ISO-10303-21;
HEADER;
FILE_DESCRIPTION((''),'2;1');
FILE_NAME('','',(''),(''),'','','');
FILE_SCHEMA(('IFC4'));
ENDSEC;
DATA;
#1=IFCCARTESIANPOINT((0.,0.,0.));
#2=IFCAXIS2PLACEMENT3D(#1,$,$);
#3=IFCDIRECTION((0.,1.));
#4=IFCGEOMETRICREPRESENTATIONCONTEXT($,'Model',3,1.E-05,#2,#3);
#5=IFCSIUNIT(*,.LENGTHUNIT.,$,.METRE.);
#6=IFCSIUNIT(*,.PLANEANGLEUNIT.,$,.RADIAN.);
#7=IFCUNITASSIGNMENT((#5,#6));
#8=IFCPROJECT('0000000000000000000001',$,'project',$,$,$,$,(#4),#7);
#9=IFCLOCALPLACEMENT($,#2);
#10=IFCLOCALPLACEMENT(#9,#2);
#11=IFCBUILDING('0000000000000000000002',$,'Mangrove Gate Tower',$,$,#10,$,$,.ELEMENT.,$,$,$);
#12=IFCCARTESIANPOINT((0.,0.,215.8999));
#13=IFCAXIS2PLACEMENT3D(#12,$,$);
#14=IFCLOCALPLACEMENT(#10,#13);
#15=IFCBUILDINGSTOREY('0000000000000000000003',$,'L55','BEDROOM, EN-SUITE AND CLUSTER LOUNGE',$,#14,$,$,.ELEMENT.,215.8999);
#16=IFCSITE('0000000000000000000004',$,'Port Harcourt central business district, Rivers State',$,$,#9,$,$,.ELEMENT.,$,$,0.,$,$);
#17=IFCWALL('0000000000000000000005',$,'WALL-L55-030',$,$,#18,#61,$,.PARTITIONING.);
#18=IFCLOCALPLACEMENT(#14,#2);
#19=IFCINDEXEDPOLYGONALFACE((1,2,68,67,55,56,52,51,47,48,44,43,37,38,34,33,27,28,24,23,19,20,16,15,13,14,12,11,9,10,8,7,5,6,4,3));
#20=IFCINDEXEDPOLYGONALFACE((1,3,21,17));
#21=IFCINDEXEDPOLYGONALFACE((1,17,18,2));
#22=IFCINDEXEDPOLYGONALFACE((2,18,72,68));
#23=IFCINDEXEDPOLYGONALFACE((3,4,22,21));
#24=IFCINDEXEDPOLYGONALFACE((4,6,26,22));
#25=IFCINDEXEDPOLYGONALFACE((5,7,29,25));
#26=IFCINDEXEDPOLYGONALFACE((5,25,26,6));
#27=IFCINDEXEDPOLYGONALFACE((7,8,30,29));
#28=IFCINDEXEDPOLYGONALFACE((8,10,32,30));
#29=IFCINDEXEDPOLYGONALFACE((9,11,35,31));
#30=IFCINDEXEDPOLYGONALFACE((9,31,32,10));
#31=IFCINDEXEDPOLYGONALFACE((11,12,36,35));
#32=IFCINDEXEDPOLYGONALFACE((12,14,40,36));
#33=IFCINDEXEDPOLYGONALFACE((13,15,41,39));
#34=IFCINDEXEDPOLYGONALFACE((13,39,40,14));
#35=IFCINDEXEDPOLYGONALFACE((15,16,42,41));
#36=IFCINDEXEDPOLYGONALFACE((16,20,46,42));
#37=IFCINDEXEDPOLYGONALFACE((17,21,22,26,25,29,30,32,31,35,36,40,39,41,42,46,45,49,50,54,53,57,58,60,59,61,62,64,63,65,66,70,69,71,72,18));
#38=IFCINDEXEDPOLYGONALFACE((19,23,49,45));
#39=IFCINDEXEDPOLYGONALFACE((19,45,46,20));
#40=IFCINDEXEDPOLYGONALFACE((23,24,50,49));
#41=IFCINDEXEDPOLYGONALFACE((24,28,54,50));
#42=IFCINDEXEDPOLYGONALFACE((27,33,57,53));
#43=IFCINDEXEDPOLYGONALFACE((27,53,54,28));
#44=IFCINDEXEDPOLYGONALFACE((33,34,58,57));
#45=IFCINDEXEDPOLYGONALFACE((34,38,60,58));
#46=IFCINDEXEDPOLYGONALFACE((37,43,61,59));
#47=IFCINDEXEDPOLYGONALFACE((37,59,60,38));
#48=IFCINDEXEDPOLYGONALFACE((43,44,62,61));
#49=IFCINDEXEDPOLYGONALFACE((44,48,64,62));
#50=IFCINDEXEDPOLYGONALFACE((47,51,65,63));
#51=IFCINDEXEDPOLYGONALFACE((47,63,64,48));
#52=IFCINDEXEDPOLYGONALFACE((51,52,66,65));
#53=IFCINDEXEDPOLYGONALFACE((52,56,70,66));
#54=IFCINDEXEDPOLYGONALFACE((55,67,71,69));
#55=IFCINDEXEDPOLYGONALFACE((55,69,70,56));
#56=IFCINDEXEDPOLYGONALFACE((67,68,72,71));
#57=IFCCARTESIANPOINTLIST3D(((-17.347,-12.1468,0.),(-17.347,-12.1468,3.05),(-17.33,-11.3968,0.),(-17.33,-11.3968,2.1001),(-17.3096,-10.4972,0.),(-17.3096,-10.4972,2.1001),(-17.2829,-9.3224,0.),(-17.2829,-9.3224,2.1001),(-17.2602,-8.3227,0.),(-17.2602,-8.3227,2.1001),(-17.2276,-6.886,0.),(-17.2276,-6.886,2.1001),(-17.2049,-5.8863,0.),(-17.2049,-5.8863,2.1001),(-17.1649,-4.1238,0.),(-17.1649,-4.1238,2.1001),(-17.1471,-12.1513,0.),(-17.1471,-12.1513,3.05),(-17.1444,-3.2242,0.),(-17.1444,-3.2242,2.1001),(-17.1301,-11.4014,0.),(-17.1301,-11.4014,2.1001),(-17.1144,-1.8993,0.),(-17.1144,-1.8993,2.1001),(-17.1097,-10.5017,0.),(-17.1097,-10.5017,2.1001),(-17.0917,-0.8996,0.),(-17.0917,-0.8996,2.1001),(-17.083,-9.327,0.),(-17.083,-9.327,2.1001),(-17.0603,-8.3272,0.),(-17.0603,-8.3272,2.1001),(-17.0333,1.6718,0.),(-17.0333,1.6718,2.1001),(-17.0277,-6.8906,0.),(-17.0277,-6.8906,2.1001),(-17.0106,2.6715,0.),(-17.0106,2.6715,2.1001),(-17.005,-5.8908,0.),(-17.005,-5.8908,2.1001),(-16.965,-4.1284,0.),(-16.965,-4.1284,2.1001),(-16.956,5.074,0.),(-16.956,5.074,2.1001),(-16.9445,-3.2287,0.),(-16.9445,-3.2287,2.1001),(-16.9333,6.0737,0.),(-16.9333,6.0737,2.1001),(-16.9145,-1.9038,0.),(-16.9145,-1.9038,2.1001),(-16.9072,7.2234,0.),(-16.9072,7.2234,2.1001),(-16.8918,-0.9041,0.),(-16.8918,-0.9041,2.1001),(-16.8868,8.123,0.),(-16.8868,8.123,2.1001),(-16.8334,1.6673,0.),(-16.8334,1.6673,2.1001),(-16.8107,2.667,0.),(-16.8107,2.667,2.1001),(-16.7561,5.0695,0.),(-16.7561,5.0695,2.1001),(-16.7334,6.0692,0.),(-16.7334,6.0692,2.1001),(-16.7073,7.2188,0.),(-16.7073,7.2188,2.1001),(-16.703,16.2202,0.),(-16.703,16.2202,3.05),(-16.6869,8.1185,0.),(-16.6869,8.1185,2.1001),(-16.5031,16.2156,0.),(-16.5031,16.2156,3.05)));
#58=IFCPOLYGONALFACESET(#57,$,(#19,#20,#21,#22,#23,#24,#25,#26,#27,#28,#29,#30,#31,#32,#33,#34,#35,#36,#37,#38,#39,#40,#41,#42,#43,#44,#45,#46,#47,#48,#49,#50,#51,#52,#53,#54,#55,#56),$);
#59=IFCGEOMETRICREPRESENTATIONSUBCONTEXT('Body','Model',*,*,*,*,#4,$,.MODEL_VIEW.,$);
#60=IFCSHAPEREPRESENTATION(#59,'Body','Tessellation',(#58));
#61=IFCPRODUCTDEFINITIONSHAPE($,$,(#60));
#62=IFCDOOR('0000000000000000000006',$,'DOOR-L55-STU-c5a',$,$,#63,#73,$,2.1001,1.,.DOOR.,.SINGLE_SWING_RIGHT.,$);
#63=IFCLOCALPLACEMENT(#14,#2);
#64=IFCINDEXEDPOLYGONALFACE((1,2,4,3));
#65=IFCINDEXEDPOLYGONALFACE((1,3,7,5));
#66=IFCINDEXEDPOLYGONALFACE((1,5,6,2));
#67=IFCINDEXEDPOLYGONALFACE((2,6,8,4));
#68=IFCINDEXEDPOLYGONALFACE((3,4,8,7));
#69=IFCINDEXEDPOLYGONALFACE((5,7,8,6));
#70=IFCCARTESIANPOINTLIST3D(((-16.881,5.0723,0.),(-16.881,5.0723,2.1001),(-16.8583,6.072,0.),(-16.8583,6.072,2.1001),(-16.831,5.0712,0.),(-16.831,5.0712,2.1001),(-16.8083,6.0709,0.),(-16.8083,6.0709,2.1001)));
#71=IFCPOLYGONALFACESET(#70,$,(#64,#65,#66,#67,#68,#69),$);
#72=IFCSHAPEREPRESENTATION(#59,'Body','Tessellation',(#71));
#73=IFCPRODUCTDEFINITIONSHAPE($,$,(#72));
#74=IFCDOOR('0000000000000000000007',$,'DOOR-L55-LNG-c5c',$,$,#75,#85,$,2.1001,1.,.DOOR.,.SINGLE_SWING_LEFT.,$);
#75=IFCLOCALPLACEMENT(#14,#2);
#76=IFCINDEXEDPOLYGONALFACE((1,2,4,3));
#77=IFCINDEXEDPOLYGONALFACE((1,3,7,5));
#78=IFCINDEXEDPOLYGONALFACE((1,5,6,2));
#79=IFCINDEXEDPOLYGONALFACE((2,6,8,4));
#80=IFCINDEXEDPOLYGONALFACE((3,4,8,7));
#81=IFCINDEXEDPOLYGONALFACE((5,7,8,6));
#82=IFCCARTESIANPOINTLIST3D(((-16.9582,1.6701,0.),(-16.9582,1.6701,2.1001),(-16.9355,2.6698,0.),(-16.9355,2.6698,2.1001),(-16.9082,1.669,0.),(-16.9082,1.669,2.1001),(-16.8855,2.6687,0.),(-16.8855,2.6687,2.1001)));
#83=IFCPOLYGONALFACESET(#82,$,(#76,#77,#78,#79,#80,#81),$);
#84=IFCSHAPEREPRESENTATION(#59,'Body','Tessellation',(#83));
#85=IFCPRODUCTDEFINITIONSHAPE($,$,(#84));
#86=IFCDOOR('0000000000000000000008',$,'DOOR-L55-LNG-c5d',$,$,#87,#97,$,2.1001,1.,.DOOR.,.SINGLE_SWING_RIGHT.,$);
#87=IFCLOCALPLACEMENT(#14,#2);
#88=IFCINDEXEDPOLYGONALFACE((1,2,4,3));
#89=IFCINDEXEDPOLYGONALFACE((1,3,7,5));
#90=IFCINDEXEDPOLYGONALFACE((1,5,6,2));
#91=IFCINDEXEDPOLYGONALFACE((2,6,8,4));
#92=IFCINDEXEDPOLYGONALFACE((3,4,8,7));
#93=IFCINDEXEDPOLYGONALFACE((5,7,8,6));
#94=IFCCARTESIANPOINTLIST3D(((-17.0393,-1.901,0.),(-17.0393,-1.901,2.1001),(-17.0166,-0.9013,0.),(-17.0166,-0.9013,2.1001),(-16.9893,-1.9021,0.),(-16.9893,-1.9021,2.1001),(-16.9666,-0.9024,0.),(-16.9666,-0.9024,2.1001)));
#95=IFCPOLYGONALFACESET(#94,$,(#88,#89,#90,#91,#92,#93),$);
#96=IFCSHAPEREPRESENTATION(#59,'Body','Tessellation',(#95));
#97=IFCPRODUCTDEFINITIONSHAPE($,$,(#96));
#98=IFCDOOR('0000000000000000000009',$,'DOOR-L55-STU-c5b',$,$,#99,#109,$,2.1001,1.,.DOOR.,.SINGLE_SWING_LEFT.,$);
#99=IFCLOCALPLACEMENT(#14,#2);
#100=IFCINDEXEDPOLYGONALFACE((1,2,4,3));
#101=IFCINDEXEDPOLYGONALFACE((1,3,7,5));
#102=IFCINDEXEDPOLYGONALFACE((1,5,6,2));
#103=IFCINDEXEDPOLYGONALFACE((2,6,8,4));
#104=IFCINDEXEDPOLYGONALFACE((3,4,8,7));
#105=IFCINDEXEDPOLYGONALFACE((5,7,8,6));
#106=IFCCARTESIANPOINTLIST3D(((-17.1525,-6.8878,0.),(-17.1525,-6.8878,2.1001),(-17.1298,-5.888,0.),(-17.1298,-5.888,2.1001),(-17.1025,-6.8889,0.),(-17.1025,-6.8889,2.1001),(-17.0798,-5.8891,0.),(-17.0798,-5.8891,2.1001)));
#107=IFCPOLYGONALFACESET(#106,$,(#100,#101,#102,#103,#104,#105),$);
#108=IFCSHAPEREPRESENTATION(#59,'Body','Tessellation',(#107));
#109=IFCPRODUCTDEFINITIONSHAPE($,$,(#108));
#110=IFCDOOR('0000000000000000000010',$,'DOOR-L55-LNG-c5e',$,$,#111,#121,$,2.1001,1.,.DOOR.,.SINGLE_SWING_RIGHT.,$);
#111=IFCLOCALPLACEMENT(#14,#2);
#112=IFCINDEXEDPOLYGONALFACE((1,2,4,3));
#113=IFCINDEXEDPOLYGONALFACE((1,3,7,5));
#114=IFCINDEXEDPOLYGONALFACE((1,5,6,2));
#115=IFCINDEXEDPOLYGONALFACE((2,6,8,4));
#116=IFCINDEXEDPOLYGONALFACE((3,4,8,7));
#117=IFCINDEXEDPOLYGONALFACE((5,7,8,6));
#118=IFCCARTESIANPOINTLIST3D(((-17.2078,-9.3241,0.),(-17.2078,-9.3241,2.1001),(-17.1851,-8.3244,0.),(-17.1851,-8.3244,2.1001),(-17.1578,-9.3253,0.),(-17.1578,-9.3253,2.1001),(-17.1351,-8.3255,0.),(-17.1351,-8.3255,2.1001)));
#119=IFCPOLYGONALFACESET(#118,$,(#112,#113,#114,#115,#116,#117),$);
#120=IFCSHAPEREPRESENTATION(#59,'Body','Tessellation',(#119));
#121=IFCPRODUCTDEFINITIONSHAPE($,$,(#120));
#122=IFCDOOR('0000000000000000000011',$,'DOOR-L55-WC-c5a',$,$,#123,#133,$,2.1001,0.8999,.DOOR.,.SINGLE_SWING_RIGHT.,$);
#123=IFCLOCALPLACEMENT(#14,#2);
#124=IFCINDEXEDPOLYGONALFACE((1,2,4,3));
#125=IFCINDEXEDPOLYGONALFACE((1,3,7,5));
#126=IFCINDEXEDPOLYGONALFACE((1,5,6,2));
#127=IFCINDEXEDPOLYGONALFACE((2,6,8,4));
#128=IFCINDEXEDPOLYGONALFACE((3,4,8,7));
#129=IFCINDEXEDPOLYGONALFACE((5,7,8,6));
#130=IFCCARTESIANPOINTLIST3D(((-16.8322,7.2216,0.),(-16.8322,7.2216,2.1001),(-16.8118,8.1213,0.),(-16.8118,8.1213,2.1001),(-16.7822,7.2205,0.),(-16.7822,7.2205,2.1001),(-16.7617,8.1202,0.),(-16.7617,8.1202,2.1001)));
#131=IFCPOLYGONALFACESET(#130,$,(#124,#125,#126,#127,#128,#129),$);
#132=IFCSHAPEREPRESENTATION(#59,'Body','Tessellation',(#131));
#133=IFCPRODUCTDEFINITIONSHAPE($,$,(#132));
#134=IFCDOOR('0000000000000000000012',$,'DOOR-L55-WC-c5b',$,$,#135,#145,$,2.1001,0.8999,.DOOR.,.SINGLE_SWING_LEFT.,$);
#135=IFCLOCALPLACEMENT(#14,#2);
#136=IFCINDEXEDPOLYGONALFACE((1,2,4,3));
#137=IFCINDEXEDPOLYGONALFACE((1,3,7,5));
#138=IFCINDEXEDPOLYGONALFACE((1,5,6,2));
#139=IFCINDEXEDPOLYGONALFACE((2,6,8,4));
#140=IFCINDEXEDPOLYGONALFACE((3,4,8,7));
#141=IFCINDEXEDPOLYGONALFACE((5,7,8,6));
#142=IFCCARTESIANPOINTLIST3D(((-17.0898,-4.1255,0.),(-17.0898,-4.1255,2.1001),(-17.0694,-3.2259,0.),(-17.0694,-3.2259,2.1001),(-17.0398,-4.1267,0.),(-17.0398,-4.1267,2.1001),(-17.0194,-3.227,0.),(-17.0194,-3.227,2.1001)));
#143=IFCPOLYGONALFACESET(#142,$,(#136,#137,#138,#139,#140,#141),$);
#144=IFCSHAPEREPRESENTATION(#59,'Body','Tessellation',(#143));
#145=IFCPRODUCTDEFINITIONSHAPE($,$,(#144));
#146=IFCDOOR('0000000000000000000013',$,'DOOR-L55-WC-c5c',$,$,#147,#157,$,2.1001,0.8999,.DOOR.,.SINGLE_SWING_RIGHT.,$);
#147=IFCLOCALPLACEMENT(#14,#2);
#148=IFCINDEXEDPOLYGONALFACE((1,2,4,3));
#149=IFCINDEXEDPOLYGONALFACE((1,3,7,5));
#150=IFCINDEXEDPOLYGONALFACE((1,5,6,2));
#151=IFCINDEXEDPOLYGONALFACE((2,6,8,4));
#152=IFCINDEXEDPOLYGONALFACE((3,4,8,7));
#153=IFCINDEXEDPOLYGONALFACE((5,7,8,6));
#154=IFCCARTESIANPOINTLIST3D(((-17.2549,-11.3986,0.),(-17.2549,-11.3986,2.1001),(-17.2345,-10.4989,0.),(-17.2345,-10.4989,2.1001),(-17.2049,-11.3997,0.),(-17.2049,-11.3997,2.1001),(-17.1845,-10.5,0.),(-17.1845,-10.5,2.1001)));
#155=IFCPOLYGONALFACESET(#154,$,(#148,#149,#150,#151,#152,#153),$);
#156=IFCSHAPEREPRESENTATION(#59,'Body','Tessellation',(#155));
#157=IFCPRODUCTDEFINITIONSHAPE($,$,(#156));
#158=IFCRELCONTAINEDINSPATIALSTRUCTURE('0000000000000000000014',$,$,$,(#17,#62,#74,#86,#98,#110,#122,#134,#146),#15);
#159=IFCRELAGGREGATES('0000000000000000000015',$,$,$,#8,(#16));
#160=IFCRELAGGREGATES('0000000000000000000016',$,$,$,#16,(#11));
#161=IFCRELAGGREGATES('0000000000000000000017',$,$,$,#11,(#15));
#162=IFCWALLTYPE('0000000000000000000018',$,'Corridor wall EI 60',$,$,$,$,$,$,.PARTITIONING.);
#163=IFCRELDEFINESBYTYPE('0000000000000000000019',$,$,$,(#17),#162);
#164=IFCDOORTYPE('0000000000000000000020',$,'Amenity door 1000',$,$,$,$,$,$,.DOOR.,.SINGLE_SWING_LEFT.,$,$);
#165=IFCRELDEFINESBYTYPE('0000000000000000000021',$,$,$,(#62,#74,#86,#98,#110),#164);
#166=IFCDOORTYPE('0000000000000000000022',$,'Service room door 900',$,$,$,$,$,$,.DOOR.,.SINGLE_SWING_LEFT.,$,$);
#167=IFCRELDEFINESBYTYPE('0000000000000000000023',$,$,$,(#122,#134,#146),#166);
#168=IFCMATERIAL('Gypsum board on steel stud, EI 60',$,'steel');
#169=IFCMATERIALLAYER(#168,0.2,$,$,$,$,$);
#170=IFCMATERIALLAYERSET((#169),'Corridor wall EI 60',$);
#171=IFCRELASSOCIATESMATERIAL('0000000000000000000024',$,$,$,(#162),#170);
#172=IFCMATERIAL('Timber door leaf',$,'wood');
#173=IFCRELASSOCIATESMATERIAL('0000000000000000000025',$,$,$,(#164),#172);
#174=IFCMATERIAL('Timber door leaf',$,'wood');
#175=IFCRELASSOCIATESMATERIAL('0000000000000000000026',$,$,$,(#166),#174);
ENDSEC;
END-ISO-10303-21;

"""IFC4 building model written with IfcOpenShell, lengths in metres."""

from ifc_helpers import new_model, si_unit, direction, frame, frame_2d, origin, place, context, subcontext, project, spatial, rectangle, extrude, material, layer, layer_set, type_object, element, fill, save


model = new_model("IFC4")

# Units and contexts
model_context = context("Model", 3, precision=1e-05, world=origin(), true_north=direction((0.0, 1.0)))
body_context = subcontext(model_context, "Body", "Model", "MODEL_VIEW")
ifc_project = project(units=[si_unit("LENGTHUNIT", "METRE"), si_unit("PLANEANGLEUNIT", "RADIAN")], contexts=[model_context])

# Site, building, storey
site_placement = place(None, origin())
site = spatial("IfcSite", under=ifc_project, at=site_placement, Name="Port Harcourt central business district, Rivers State", CompositionType="ELEMENT", RefElevation=0.0)
building_placement = place(site_placement, origin())
building = spatial("IfcBuilding", under=site, at=building_placement, Name="Mangrove Gate Tower", CompositionType="ELEMENT")
storey_placement = place(building_placement, frame((0.0, 0.0, 215.8999)))
storey = spatial("IfcBuildingStorey", under=building, at=storey_placement, Name="L55", Description="BEDROOM, EN-SUITE AND CLUSTER LOUNGE", CompositionType="ELEMENT", Elevation=215.8999)

# Wall, openings, doors
ifc_material_1 = material(Name="Gypsum board on steel stud, EI 60", Category="steel")
ifc_layer_1 = layer(ifc_material_1, 0.2)
ifc_layer_set_1 = layer_set([ifc_layer_1], Name="Corridor wall EI 60")
wall_type_1 = type_object("IfcWallType", Name="Corridor wall EI 60", PredefinedType="PARTITIONING", material=ifc_layer_set_1)
wall_1_placement = place(storey_placement, frame((-17.2471, -12.1489, 0.0), z_axis=(0.0, 0.0, 1.0), x_axis=(0.022698, 0.999742, 0.0)))
wall_1 = element("IfcWall", 1, at=wall_1_placement, inside=storey, type_object=wall_type_1, Name="WALL-L55-030", PredefinedType="PARTITIONING", context=body_context, shape_type="SweptSolid", body=[
    extrude(rectangle(XDim=28.3743, YDim=0.2, at=frame_2d((14.187, 0.0))), origin(), (0.0, 0.0, 1.0), 3.05),
])
opening_1_placement = place(wall_1_placement, frame((17.2251, 0.0, 0.0)))
opening_1 = element("IfcOpeningElement", 2, at=opening_1_placement, cuts=wall_1, PredefinedType="OPENING", context=body_context, shape_type="SweptSolid", body=[
    extrude(rectangle(XDim=1.0, YDim=2.1001, at=frame_2d((0.5, 1.05))), frame((0.0, 0.1099, 0.0), z_axis=(0.0, -1.0, 0.0), x_axis=(1.0, 0.0, 0.0)), (0.0, 0.0, 1.0), 0.22),
])
opening_2_placement = place(wall_1_placement, frame((19.375, 0.0, 0.0)))
opening_2 = element("IfcOpeningElement", 3, at=opening_2_placement, cuts=wall_1, PredefinedType="OPENING", context=body_context, shape_type="SweptSolid", body=[
    extrude(rectangle(XDim=0.8999, YDim=2.1001, at=frame_2d((0.45, 1.05))), frame((0.0, 0.1099, 0.0), z_axis=(0.0, -1.0, 0.0), x_axis=(1.0, 0.0, 0.0)), (0.0, 0.0, 1.0), 0.22),
])
opening_3_placement = place(wall_1_placement, frame((13.822, 0.0, 0.0)))
opening_3 = element("IfcOpeningElement", 4, at=opening_3_placement, cuts=wall_1, PredefinedType="OPENING", context=body_context, shape_type="SweptSolid", body=[
    extrude(rectangle(XDim=1.0, YDim=2.1001, at=frame_2d((0.5, 1.05))), frame((0.0, 0.1099, 0.0), z_axis=(0.0, -1.0, 0.0), x_axis=(1.0, 0.0, 0.0)), (0.0, 0.0, 1.0), 0.22),
])
opening_4_placement = place(wall_1_placement, frame((10.25, 0.0, 0.0)))
opening_4 = element("IfcOpeningElement", 5, at=opening_4_placement, cuts=wall_1, PredefinedType="OPENING", context=body_context, shape_type="SweptSolid", body=[
    extrude(rectangle(XDim=1.0, YDim=2.1001, at=frame_2d((0.5, 1.05))), frame((0.0, 0.1099, 0.0), z_axis=(0.0, -1.0, 0.0), x_axis=(1.0, 0.0, 0.0)), (0.0, 0.0, 1.0), 0.22),
])
opening_5_placement = place(wall_1_placement, frame((8.0249, 0.0, 0.0)))
opening_5 = element("IfcOpeningElement", 6, at=opening_5_placement, cuts=wall_1, PredefinedType="OPENING", context=body_context, shape_type="SweptSolid", body=[
    extrude(rectangle(XDim=0.8999, YDim=2.1001, at=frame_2d((0.45, 1.05))), frame((0.0, 0.1099, 0.0), z_axis=(0.0, -1.0, 0.0), x_axis=(1.0, 0.0, 0.0)), (0.0, 0.0, 1.0), 0.22),
])
opening_6_placement = place(wall_1_placement, frame((5.262, 0.0, 0.0)))
opening_6 = element("IfcOpeningElement", 7, at=opening_6_placement, cuts=wall_1, PredefinedType="OPENING", context=body_context, shape_type="SweptSolid", body=[
    extrude(rectangle(XDim=1.0, YDim=2.1001, at=frame_2d((0.5, 1.05))), frame((0.0, 0.1099, 0.0), z_axis=(0.0, -1.0, 0.0), x_axis=(1.0, 0.0, 0.0)), (0.0, 0.0, 1.0), 0.22),
])
opening_7_placement = place(wall_1_placement, frame((2.825, 0.0, 0.0)))
opening_7 = element("IfcOpeningElement", 8, at=opening_7_placement, cuts=wall_1, PredefinedType="OPENING", context=body_context, shape_type="SweptSolid", body=[
    extrude(rectangle(XDim=1.0, YDim=2.1001, at=frame_2d((0.5, 1.05))), frame((0.0, 0.1099, 0.0), z_axis=(0.0, -1.0, 0.0), x_axis=(1.0, 0.0, 0.0)), (0.0, 0.0, 1.0), 0.22),
])
opening_8_placement = place(wall_1_placement, frame((0.75, 0.0, 0.0)))
opening_8 = element("IfcOpeningElement", 9, at=opening_8_placement, cuts=wall_1, PredefinedType="OPENING", context=body_context, shape_type="SweptSolid", body=[
    extrude(rectangle(XDim=0.8999, YDim=2.1001, at=frame_2d((0.45, 1.05))), frame((0.0, 0.1099, 0.0), z_axis=(0.0, -1.0, 0.0), x_axis=(1.0, 0.0, 0.0)), (0.0, 0.0, 1.0), 0.22),
])
ifc_material_2 = material(Name="Timber door leaf", Category="wood")
door_type_1 = type_object("IfcDoorType", Name="Amenity door 1000", OperationType="SINGLE_SWING_LEFT", PredefinedType="DOOR", material=ifc_material_2)
door_1_placement = place(opening_1_placement, origin())
door_1 = element("IfcDoor", 10, at=door_1_placement, inside=storey, type_object=door_type_1, Name="DOOR-L55-STU-c5a", OperationType="SINGLE_SWING_RIGHT", OverallHeight=2.1001, OverallWidth=1.0, PredefinedType="DOOR", context=body_context, shape_type="SweptSolid", body=[
    extrude(rectangle(XDim=1.0, YDim=2.1001, at=frame_2d((0.5, 1.05))), frame((0.0, 0.0249, 0.0), z_axis=(0.0, -1.0, 0.0), x_axis=(1.0, 0.0, 0.0)), (0.0, 0.0, 1.0), 0.05),
])
fill(opening_1, door_1)
door_2_placement = place(opening_3_placement, origin())
door_2 = element("IfcDoor", 11, at=door_2_placement, inside=storey, type_object=door_type_1, Name="DOOR-L55-LNG-c5c", OperationType="SINGLE_SWING_LEFT", OverallHeight=2.1001, OverallWidth=1.0, PredefinedType="DOOR", context=body_context, shape_type="SweptSolid", body=[
    extrude(rectangle(XDim=1.0, YDim=2.1001, at=frame_2d((0.5, 1.05))), frame((0.0, 0.0249, 0.0), z_axis=(0.0, -1.0, 0.0), x_axis=(1.0, 0.0, 0.0)), (0.0, 0.0, 1.0), 0.05),
])
fill(opening_3, door_2)
door_3_placement = place(opening_4_placement, origin())
door_3 = element("IfcDoor", 12, at=door_3_placement, inside=storey, type_object=door_type_1, Name="DOOR-L55-LNG-c5d", OperationType="SINGLE_SWING_RIGHT", OverallHeight=2.1001, OverallWidth=1.0, PredefinedType="DOOR", context=body_context, shape_type="SweptSolid", body=[
    extrude(rectangle(XDim=1.0, YDim=2.1001, at=frame_2d((0.5, 1.05))), frame((0.0, 0.0249, 0.0), z_axis=(0.0, -1.0, 0.0), x_axis=(1.0, 0.0, 0.0)), (0.0, 0.0, 1.0), 0.05),
])
fill(opening_4, door_3)
door_4_placement = place(opening_6_placement, origin())
door_4 = element("IfcDoor", 13, at=door_4_placement, inside=storey, type_object=door_type_1, Name="DOOR-L55-STU-c5b", OperationType="SINGLE_SWING_LEFT", OverallHeight=2.1001, OverallWidth=1.0, PredefinedType="DOOR", context=body_context, shape_type="SweptSolid", body=[
    extrude(rectangle(XDim=1.0, YDim=2.1001, at=frame_2d((0.5, 1.05))), frame((0.0, 0.0249, 0.0), z_axis=(0.0, -1.0, 0.0), x_axis=(1.0, 0.0, 0.0)), (0.0, 0.0, 1.0), 0.05),
])
fill(opening_6, door_4)
door_5_placement = place(opening_7_placement, origin())
door_5 = element("IfcDoor", 14, at=door_5_placement, inside=storey, type_object=door_type_1, Name="DOOR-L55-LNG-c5e", OperationType="SINGLE_SWING_RIGHT", OverallHeight=2.1001, OverallWidth=1.0, PredefinedType="DOOR", context=body_context, shape_type="SweptSolid", body=[
    extrude(rectangle(XDim=1.0, YDim=2.1001, at=frame_2d((0.5, 1.05))), frame((0.0, 0.0249, 0.0), z_axis=(0.0, -1.0, 0.0), x_axis=(1.0, 0.0, 0.0)), (0.0, 0.0, 1.0), 0.05),
])
fill(opening_7, door_5)
ifc_material_3 = material(Name="Timber door leaf", Category="wood")
door_type_2 = type_object("IfcDoorType", Name="Service room door 900", OperationType="SINGLE_SWING_LEFT", PredefinedType="DOOR", material=ifc_material_3)
door_6_placement = place(opening_2_placement, origin())
door_6 = element("IfcDoor", 15, at=door_6_placement, inside=storey, type_object=door_type_2, Name="DOOR-L55-WC-c5a", OperationType="SINGLE_SWING_RIGHT", OverallHeight=2.1001, OverallWidth=0.8999, PredefinedType="DOOR", context=body_context, shape_type="SweptSolid", body=[
    extrude(rectangle(XDim=0.8999, YDim=2.1001, at=frame_2d((0.45, 1.05))), frame((0.0, 0.0249, 0.0), z_axis=(0.0, -1.0, 0.0), x_axis=(1.0, 0.0, 0.0)), (0.0, 0.0, 1.0), 0.05),
])
fill(opening_2, door_6)
door_7_placement = place(opening_5_placement, origin())
door_7 = element("IfcDoor", 16, at=door_7_placement, inside=storey, type_object=door_type_2, Name="DOOR-L55-WC-c5b", OperationType="SINGLE_SWING_LEFT", OverallHeight=2.1001, OverallWidth=0.8999, PredefinedType="DOOR", context=body_context, shape_type="SweptSolid", body=[
    extrude(rectangle(XDim=0.8999, YDim=2.1001, at=frame_2d((0.45, 1.05))), frame((0.0, 0.0249, 0.0), z_axis=(0.0, -1.0, 0.0), x_axis=(1.0, 0.0, 0.0)), (0.0, 0.0, 1.0), 0.05),
])
fill(opening_5, door_7)
door_8_placement = place(opening_8_placement, origin())
door_8 = element("IfcDoor", 17, at=door_8_placement, inside=storey, type_object=door_type_2, Name="DOOR-L55-WC-c5c", OperationType="SINGLE_SWING_RIGHT", OverallHeight=2.1001, OverallWidth=0.8999, PredefinedType="DOOR", context=body_context, shape_type="SweptSolid", body=[
    extrude(rectangle(XDim=0.8999, YDim=2.1001, at=frame_2d((0.45, 1.05))), frame((0.0, 0.0249, 0.0), z_axis=(0.0, -1.0, 0.0), x_axis=(1.0, 0.0, 0.0)), (0.0, 0.0, 1.0), 0.05),
])
fill(opening_8, door_8)

save(model, "model.ifc")
